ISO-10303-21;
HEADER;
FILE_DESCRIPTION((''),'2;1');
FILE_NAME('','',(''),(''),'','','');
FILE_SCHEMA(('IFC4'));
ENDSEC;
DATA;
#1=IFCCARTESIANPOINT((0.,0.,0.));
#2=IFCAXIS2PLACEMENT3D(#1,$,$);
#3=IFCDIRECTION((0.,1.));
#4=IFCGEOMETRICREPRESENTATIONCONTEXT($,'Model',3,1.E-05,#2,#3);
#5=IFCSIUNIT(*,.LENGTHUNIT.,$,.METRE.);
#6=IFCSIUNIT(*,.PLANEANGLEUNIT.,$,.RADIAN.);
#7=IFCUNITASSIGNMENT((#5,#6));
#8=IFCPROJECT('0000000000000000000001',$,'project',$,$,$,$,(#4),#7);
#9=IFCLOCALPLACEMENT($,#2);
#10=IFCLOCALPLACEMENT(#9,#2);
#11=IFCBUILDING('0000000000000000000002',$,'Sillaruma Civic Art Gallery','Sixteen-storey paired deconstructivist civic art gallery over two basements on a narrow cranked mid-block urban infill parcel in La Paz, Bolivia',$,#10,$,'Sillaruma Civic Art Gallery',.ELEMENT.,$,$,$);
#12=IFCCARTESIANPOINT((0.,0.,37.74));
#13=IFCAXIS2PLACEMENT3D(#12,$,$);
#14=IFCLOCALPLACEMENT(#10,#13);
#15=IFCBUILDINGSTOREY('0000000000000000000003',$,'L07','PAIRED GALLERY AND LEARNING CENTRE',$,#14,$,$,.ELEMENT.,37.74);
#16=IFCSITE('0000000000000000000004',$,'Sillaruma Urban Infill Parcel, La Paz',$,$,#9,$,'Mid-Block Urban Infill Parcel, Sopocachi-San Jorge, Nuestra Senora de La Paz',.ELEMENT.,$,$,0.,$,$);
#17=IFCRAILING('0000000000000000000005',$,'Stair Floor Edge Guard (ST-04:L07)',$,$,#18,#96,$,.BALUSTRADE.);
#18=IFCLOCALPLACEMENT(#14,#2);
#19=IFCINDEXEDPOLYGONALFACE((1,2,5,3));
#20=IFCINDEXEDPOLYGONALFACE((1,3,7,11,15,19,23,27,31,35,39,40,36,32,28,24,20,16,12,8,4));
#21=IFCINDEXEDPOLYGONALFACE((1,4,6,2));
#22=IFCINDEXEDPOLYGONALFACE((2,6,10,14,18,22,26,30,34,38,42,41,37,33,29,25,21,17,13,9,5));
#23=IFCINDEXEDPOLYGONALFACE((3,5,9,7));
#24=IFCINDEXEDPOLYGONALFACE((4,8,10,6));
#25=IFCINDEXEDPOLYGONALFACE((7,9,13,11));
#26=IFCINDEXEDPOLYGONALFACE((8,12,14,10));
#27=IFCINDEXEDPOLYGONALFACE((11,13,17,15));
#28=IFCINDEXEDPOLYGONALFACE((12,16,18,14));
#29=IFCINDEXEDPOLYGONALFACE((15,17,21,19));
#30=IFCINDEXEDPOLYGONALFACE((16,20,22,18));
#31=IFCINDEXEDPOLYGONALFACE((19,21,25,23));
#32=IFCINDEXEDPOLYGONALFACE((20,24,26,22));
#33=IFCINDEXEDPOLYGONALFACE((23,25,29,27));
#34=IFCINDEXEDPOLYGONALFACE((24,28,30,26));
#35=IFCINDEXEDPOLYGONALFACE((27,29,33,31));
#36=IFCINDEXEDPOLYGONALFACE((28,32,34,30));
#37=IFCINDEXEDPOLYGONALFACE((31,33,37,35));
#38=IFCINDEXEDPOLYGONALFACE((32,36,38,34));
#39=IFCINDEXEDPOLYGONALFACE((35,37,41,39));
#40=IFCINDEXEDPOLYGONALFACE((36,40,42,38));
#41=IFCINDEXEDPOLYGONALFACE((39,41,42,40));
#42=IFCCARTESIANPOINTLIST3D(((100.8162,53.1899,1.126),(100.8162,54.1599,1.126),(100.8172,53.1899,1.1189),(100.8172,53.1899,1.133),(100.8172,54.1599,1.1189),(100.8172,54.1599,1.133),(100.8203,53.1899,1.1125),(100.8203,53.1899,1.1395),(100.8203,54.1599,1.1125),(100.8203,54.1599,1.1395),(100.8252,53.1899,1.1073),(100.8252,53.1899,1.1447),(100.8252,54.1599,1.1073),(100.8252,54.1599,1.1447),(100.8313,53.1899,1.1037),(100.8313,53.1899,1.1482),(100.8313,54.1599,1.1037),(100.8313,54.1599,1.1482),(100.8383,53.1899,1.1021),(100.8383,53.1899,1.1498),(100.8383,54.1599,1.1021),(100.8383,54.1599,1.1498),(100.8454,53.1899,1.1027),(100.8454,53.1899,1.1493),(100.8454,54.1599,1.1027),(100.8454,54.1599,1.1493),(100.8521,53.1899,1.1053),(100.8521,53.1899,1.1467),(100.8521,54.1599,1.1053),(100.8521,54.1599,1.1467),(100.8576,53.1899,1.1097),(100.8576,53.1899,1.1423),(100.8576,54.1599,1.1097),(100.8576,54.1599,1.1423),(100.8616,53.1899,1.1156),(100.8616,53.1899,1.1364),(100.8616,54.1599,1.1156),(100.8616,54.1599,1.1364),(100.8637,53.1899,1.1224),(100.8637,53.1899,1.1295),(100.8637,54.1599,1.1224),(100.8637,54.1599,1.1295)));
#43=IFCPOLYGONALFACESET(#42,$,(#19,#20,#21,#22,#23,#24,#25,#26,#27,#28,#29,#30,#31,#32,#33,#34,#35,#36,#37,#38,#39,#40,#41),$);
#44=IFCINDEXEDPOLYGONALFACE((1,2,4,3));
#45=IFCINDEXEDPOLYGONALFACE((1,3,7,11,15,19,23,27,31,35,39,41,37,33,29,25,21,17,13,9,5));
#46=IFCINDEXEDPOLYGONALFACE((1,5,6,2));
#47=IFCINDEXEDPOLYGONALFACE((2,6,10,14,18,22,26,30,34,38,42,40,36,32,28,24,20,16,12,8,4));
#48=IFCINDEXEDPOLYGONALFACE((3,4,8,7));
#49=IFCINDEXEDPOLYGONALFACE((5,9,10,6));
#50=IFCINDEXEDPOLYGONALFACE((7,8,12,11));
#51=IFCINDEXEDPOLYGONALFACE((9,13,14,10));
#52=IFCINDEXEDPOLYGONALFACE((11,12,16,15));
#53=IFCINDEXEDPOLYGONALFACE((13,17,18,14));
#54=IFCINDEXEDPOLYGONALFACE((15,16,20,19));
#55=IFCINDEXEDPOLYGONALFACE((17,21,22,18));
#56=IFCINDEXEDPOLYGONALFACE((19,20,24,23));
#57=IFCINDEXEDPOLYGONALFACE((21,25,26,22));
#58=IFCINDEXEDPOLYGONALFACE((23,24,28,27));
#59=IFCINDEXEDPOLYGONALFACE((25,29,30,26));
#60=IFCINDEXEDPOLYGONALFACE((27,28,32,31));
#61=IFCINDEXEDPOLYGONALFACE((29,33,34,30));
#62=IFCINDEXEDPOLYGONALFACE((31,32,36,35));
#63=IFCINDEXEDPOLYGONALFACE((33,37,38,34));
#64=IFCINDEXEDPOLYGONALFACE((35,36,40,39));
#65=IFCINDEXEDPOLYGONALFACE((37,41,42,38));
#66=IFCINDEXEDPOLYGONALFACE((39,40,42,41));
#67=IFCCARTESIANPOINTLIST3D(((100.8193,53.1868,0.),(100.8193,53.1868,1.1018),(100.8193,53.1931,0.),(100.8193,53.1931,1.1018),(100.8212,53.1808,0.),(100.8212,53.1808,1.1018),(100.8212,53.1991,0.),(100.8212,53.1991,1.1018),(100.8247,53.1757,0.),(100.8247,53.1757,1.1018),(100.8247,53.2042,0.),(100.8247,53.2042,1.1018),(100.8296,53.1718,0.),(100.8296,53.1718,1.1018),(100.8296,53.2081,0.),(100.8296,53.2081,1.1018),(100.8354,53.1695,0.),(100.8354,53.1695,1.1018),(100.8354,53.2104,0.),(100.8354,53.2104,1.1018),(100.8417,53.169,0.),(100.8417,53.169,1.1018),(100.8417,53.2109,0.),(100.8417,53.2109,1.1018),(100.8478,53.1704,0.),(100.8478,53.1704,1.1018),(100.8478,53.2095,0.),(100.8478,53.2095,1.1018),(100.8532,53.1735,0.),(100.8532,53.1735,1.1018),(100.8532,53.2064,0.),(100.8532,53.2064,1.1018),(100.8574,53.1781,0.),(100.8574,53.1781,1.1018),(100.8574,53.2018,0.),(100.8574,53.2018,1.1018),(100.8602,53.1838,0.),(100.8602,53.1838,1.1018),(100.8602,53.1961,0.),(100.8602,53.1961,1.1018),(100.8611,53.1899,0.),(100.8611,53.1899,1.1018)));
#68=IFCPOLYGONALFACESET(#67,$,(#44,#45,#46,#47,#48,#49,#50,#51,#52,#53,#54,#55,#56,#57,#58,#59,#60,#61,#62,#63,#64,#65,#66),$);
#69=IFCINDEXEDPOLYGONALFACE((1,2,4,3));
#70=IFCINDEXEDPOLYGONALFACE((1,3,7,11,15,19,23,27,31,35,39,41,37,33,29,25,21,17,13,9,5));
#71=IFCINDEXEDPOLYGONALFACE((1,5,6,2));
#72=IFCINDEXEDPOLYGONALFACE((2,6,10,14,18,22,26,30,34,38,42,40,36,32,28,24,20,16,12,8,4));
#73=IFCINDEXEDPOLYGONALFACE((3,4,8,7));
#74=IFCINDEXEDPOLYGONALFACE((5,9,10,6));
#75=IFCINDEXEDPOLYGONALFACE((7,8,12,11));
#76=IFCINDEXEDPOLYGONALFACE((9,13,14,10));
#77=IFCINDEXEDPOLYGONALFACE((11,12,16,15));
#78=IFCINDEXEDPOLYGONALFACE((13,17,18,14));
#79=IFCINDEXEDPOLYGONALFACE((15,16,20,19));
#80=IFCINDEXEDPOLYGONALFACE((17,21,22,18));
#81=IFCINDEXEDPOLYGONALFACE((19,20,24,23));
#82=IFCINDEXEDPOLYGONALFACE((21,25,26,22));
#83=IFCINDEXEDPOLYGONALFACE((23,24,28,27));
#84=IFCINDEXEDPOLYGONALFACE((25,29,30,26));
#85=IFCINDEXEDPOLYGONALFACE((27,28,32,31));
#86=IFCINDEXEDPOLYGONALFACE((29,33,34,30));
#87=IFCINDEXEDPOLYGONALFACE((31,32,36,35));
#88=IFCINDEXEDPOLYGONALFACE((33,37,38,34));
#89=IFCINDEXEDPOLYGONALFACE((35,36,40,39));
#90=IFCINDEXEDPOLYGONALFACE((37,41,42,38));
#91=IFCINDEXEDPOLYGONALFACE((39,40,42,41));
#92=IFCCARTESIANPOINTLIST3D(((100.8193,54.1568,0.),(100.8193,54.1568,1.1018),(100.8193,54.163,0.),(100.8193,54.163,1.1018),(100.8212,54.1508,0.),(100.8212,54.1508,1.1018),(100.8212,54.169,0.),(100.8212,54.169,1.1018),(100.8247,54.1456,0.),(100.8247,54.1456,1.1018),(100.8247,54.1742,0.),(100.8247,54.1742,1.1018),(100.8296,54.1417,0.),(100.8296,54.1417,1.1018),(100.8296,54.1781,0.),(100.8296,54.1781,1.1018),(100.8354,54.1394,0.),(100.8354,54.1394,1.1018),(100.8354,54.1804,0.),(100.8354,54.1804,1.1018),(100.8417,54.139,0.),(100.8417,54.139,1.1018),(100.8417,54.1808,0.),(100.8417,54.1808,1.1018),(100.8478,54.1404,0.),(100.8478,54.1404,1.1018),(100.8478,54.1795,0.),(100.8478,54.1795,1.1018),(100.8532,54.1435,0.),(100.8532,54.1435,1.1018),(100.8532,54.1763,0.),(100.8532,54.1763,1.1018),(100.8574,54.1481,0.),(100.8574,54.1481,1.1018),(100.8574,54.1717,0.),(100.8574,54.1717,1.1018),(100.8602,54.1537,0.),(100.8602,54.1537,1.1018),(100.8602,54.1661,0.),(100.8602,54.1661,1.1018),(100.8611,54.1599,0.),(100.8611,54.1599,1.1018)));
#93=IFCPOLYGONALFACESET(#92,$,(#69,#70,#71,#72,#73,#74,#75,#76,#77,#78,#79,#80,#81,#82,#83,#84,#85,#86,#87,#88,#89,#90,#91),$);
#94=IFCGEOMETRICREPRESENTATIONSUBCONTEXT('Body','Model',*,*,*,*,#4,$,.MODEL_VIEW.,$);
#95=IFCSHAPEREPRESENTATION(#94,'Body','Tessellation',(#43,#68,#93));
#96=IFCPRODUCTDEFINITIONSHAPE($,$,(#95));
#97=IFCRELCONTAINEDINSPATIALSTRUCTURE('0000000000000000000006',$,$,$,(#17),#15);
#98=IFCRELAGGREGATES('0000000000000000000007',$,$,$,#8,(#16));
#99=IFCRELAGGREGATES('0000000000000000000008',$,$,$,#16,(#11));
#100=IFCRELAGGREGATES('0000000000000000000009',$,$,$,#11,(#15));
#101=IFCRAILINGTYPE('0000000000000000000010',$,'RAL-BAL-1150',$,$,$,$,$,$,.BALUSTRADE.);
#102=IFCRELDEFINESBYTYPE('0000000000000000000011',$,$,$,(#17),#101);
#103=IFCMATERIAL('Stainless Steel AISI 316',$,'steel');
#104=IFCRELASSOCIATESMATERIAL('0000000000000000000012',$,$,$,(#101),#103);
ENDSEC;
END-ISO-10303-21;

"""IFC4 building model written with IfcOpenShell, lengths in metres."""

from ifc_helpers import new_model, si_unit, direction, frame, origin, origin_2d, place, context, subcontext, project, spatial, circle, extrude, material, type_object, element, save


model = new_model("IFC4")

# Units and contexts
model_context = context("Model", 3, precision=1e-05, world=origin(), true_north=direction((0.0, 1.0)))
body_context = subcontext(model_context, "Body", "Model", "MODEL_VIEW")
ifc_project = project(units=[si_unit("LENGTHUNIT", "METRE"), si_unit("PLANEANGLEUNIT", "RADIAN")], contexts=[model_context])

# Site, building, storey
site_placement = place(None, origin())
site = spatial("IfcSite", under=ifc_project, at=site_placement, Name="Sillaruma Urban Infill Parcel, La Paz", LongName="Mid-Block Urban Infill Parcel, Sopocachi-San Jorge, Nuestra Senora de La Paz", CompositionType="ELEMENT", RefElevation=0.0)
building_placement = place(site_placement, origin())
building = spatial("IfcBuilding", under=site, at=building_placement, Name="Sillaruma Civic Art Gallery", Description="Sixteen-storey paired deconstructivist civic art gallery over two basements on a narrow cranked mid-block urban infill parcel in La Paz, Bolivia", LongName="Sillaruma Civic Art Gallery", CompositionType="ELEMENT")
storey_placement = place(building_placement, frame((0.0, 0.0, 37.74)))
storey = spatial("IfcBuildingStorey", under=building, at=storey_placement, Name="L07", Description="PAIRED GALLERY AND LEARNING CENTRE", CompositionType="ELEMENT", Elevation=37.74)

# Railing
ifc_material_1 = material(Name="Stainless Steel AISI 316", Category="steel")
railing_type = type_object("IfcRailingType", Name="RAL-BAL-1150", PredefinedType="BALUSTRADE", material=ifc_material_1)
railing_1_placement = place(storey_placement, frame((100.8401, 53.1899, 0.0)))
element("IfcRailing", 1, at=railing_1_placement, inside=storey, type_object=railing_type, Name="Stair Floor Edge Guard (ST-04:L07)", PredefinedType="BALUSTRADE", context=body_context, shape_type="SweptSolid", body=[
    extrude(circle(Radius=0.0239, at=origin_2d()), frame((0.0, 0.0, 1.126), z_axis=(0.0, 1.0, 0.0), x_axis=(-1.0, 0.0, 0.0)), (0.0, 0.0, 1.0), 0.97),
    extrude(circle(Radius=0.021, at=origin_2d()), origin(), (0.0, 0.0, 1.0), 1.1018),
    extrude(circle(Radius=0.021, at=origin_2d()), frame((0.0, 0.97, 0.0)), (0.0, 0.0, 1.0), 1.1018),
])

save(model, "model.ifc")
